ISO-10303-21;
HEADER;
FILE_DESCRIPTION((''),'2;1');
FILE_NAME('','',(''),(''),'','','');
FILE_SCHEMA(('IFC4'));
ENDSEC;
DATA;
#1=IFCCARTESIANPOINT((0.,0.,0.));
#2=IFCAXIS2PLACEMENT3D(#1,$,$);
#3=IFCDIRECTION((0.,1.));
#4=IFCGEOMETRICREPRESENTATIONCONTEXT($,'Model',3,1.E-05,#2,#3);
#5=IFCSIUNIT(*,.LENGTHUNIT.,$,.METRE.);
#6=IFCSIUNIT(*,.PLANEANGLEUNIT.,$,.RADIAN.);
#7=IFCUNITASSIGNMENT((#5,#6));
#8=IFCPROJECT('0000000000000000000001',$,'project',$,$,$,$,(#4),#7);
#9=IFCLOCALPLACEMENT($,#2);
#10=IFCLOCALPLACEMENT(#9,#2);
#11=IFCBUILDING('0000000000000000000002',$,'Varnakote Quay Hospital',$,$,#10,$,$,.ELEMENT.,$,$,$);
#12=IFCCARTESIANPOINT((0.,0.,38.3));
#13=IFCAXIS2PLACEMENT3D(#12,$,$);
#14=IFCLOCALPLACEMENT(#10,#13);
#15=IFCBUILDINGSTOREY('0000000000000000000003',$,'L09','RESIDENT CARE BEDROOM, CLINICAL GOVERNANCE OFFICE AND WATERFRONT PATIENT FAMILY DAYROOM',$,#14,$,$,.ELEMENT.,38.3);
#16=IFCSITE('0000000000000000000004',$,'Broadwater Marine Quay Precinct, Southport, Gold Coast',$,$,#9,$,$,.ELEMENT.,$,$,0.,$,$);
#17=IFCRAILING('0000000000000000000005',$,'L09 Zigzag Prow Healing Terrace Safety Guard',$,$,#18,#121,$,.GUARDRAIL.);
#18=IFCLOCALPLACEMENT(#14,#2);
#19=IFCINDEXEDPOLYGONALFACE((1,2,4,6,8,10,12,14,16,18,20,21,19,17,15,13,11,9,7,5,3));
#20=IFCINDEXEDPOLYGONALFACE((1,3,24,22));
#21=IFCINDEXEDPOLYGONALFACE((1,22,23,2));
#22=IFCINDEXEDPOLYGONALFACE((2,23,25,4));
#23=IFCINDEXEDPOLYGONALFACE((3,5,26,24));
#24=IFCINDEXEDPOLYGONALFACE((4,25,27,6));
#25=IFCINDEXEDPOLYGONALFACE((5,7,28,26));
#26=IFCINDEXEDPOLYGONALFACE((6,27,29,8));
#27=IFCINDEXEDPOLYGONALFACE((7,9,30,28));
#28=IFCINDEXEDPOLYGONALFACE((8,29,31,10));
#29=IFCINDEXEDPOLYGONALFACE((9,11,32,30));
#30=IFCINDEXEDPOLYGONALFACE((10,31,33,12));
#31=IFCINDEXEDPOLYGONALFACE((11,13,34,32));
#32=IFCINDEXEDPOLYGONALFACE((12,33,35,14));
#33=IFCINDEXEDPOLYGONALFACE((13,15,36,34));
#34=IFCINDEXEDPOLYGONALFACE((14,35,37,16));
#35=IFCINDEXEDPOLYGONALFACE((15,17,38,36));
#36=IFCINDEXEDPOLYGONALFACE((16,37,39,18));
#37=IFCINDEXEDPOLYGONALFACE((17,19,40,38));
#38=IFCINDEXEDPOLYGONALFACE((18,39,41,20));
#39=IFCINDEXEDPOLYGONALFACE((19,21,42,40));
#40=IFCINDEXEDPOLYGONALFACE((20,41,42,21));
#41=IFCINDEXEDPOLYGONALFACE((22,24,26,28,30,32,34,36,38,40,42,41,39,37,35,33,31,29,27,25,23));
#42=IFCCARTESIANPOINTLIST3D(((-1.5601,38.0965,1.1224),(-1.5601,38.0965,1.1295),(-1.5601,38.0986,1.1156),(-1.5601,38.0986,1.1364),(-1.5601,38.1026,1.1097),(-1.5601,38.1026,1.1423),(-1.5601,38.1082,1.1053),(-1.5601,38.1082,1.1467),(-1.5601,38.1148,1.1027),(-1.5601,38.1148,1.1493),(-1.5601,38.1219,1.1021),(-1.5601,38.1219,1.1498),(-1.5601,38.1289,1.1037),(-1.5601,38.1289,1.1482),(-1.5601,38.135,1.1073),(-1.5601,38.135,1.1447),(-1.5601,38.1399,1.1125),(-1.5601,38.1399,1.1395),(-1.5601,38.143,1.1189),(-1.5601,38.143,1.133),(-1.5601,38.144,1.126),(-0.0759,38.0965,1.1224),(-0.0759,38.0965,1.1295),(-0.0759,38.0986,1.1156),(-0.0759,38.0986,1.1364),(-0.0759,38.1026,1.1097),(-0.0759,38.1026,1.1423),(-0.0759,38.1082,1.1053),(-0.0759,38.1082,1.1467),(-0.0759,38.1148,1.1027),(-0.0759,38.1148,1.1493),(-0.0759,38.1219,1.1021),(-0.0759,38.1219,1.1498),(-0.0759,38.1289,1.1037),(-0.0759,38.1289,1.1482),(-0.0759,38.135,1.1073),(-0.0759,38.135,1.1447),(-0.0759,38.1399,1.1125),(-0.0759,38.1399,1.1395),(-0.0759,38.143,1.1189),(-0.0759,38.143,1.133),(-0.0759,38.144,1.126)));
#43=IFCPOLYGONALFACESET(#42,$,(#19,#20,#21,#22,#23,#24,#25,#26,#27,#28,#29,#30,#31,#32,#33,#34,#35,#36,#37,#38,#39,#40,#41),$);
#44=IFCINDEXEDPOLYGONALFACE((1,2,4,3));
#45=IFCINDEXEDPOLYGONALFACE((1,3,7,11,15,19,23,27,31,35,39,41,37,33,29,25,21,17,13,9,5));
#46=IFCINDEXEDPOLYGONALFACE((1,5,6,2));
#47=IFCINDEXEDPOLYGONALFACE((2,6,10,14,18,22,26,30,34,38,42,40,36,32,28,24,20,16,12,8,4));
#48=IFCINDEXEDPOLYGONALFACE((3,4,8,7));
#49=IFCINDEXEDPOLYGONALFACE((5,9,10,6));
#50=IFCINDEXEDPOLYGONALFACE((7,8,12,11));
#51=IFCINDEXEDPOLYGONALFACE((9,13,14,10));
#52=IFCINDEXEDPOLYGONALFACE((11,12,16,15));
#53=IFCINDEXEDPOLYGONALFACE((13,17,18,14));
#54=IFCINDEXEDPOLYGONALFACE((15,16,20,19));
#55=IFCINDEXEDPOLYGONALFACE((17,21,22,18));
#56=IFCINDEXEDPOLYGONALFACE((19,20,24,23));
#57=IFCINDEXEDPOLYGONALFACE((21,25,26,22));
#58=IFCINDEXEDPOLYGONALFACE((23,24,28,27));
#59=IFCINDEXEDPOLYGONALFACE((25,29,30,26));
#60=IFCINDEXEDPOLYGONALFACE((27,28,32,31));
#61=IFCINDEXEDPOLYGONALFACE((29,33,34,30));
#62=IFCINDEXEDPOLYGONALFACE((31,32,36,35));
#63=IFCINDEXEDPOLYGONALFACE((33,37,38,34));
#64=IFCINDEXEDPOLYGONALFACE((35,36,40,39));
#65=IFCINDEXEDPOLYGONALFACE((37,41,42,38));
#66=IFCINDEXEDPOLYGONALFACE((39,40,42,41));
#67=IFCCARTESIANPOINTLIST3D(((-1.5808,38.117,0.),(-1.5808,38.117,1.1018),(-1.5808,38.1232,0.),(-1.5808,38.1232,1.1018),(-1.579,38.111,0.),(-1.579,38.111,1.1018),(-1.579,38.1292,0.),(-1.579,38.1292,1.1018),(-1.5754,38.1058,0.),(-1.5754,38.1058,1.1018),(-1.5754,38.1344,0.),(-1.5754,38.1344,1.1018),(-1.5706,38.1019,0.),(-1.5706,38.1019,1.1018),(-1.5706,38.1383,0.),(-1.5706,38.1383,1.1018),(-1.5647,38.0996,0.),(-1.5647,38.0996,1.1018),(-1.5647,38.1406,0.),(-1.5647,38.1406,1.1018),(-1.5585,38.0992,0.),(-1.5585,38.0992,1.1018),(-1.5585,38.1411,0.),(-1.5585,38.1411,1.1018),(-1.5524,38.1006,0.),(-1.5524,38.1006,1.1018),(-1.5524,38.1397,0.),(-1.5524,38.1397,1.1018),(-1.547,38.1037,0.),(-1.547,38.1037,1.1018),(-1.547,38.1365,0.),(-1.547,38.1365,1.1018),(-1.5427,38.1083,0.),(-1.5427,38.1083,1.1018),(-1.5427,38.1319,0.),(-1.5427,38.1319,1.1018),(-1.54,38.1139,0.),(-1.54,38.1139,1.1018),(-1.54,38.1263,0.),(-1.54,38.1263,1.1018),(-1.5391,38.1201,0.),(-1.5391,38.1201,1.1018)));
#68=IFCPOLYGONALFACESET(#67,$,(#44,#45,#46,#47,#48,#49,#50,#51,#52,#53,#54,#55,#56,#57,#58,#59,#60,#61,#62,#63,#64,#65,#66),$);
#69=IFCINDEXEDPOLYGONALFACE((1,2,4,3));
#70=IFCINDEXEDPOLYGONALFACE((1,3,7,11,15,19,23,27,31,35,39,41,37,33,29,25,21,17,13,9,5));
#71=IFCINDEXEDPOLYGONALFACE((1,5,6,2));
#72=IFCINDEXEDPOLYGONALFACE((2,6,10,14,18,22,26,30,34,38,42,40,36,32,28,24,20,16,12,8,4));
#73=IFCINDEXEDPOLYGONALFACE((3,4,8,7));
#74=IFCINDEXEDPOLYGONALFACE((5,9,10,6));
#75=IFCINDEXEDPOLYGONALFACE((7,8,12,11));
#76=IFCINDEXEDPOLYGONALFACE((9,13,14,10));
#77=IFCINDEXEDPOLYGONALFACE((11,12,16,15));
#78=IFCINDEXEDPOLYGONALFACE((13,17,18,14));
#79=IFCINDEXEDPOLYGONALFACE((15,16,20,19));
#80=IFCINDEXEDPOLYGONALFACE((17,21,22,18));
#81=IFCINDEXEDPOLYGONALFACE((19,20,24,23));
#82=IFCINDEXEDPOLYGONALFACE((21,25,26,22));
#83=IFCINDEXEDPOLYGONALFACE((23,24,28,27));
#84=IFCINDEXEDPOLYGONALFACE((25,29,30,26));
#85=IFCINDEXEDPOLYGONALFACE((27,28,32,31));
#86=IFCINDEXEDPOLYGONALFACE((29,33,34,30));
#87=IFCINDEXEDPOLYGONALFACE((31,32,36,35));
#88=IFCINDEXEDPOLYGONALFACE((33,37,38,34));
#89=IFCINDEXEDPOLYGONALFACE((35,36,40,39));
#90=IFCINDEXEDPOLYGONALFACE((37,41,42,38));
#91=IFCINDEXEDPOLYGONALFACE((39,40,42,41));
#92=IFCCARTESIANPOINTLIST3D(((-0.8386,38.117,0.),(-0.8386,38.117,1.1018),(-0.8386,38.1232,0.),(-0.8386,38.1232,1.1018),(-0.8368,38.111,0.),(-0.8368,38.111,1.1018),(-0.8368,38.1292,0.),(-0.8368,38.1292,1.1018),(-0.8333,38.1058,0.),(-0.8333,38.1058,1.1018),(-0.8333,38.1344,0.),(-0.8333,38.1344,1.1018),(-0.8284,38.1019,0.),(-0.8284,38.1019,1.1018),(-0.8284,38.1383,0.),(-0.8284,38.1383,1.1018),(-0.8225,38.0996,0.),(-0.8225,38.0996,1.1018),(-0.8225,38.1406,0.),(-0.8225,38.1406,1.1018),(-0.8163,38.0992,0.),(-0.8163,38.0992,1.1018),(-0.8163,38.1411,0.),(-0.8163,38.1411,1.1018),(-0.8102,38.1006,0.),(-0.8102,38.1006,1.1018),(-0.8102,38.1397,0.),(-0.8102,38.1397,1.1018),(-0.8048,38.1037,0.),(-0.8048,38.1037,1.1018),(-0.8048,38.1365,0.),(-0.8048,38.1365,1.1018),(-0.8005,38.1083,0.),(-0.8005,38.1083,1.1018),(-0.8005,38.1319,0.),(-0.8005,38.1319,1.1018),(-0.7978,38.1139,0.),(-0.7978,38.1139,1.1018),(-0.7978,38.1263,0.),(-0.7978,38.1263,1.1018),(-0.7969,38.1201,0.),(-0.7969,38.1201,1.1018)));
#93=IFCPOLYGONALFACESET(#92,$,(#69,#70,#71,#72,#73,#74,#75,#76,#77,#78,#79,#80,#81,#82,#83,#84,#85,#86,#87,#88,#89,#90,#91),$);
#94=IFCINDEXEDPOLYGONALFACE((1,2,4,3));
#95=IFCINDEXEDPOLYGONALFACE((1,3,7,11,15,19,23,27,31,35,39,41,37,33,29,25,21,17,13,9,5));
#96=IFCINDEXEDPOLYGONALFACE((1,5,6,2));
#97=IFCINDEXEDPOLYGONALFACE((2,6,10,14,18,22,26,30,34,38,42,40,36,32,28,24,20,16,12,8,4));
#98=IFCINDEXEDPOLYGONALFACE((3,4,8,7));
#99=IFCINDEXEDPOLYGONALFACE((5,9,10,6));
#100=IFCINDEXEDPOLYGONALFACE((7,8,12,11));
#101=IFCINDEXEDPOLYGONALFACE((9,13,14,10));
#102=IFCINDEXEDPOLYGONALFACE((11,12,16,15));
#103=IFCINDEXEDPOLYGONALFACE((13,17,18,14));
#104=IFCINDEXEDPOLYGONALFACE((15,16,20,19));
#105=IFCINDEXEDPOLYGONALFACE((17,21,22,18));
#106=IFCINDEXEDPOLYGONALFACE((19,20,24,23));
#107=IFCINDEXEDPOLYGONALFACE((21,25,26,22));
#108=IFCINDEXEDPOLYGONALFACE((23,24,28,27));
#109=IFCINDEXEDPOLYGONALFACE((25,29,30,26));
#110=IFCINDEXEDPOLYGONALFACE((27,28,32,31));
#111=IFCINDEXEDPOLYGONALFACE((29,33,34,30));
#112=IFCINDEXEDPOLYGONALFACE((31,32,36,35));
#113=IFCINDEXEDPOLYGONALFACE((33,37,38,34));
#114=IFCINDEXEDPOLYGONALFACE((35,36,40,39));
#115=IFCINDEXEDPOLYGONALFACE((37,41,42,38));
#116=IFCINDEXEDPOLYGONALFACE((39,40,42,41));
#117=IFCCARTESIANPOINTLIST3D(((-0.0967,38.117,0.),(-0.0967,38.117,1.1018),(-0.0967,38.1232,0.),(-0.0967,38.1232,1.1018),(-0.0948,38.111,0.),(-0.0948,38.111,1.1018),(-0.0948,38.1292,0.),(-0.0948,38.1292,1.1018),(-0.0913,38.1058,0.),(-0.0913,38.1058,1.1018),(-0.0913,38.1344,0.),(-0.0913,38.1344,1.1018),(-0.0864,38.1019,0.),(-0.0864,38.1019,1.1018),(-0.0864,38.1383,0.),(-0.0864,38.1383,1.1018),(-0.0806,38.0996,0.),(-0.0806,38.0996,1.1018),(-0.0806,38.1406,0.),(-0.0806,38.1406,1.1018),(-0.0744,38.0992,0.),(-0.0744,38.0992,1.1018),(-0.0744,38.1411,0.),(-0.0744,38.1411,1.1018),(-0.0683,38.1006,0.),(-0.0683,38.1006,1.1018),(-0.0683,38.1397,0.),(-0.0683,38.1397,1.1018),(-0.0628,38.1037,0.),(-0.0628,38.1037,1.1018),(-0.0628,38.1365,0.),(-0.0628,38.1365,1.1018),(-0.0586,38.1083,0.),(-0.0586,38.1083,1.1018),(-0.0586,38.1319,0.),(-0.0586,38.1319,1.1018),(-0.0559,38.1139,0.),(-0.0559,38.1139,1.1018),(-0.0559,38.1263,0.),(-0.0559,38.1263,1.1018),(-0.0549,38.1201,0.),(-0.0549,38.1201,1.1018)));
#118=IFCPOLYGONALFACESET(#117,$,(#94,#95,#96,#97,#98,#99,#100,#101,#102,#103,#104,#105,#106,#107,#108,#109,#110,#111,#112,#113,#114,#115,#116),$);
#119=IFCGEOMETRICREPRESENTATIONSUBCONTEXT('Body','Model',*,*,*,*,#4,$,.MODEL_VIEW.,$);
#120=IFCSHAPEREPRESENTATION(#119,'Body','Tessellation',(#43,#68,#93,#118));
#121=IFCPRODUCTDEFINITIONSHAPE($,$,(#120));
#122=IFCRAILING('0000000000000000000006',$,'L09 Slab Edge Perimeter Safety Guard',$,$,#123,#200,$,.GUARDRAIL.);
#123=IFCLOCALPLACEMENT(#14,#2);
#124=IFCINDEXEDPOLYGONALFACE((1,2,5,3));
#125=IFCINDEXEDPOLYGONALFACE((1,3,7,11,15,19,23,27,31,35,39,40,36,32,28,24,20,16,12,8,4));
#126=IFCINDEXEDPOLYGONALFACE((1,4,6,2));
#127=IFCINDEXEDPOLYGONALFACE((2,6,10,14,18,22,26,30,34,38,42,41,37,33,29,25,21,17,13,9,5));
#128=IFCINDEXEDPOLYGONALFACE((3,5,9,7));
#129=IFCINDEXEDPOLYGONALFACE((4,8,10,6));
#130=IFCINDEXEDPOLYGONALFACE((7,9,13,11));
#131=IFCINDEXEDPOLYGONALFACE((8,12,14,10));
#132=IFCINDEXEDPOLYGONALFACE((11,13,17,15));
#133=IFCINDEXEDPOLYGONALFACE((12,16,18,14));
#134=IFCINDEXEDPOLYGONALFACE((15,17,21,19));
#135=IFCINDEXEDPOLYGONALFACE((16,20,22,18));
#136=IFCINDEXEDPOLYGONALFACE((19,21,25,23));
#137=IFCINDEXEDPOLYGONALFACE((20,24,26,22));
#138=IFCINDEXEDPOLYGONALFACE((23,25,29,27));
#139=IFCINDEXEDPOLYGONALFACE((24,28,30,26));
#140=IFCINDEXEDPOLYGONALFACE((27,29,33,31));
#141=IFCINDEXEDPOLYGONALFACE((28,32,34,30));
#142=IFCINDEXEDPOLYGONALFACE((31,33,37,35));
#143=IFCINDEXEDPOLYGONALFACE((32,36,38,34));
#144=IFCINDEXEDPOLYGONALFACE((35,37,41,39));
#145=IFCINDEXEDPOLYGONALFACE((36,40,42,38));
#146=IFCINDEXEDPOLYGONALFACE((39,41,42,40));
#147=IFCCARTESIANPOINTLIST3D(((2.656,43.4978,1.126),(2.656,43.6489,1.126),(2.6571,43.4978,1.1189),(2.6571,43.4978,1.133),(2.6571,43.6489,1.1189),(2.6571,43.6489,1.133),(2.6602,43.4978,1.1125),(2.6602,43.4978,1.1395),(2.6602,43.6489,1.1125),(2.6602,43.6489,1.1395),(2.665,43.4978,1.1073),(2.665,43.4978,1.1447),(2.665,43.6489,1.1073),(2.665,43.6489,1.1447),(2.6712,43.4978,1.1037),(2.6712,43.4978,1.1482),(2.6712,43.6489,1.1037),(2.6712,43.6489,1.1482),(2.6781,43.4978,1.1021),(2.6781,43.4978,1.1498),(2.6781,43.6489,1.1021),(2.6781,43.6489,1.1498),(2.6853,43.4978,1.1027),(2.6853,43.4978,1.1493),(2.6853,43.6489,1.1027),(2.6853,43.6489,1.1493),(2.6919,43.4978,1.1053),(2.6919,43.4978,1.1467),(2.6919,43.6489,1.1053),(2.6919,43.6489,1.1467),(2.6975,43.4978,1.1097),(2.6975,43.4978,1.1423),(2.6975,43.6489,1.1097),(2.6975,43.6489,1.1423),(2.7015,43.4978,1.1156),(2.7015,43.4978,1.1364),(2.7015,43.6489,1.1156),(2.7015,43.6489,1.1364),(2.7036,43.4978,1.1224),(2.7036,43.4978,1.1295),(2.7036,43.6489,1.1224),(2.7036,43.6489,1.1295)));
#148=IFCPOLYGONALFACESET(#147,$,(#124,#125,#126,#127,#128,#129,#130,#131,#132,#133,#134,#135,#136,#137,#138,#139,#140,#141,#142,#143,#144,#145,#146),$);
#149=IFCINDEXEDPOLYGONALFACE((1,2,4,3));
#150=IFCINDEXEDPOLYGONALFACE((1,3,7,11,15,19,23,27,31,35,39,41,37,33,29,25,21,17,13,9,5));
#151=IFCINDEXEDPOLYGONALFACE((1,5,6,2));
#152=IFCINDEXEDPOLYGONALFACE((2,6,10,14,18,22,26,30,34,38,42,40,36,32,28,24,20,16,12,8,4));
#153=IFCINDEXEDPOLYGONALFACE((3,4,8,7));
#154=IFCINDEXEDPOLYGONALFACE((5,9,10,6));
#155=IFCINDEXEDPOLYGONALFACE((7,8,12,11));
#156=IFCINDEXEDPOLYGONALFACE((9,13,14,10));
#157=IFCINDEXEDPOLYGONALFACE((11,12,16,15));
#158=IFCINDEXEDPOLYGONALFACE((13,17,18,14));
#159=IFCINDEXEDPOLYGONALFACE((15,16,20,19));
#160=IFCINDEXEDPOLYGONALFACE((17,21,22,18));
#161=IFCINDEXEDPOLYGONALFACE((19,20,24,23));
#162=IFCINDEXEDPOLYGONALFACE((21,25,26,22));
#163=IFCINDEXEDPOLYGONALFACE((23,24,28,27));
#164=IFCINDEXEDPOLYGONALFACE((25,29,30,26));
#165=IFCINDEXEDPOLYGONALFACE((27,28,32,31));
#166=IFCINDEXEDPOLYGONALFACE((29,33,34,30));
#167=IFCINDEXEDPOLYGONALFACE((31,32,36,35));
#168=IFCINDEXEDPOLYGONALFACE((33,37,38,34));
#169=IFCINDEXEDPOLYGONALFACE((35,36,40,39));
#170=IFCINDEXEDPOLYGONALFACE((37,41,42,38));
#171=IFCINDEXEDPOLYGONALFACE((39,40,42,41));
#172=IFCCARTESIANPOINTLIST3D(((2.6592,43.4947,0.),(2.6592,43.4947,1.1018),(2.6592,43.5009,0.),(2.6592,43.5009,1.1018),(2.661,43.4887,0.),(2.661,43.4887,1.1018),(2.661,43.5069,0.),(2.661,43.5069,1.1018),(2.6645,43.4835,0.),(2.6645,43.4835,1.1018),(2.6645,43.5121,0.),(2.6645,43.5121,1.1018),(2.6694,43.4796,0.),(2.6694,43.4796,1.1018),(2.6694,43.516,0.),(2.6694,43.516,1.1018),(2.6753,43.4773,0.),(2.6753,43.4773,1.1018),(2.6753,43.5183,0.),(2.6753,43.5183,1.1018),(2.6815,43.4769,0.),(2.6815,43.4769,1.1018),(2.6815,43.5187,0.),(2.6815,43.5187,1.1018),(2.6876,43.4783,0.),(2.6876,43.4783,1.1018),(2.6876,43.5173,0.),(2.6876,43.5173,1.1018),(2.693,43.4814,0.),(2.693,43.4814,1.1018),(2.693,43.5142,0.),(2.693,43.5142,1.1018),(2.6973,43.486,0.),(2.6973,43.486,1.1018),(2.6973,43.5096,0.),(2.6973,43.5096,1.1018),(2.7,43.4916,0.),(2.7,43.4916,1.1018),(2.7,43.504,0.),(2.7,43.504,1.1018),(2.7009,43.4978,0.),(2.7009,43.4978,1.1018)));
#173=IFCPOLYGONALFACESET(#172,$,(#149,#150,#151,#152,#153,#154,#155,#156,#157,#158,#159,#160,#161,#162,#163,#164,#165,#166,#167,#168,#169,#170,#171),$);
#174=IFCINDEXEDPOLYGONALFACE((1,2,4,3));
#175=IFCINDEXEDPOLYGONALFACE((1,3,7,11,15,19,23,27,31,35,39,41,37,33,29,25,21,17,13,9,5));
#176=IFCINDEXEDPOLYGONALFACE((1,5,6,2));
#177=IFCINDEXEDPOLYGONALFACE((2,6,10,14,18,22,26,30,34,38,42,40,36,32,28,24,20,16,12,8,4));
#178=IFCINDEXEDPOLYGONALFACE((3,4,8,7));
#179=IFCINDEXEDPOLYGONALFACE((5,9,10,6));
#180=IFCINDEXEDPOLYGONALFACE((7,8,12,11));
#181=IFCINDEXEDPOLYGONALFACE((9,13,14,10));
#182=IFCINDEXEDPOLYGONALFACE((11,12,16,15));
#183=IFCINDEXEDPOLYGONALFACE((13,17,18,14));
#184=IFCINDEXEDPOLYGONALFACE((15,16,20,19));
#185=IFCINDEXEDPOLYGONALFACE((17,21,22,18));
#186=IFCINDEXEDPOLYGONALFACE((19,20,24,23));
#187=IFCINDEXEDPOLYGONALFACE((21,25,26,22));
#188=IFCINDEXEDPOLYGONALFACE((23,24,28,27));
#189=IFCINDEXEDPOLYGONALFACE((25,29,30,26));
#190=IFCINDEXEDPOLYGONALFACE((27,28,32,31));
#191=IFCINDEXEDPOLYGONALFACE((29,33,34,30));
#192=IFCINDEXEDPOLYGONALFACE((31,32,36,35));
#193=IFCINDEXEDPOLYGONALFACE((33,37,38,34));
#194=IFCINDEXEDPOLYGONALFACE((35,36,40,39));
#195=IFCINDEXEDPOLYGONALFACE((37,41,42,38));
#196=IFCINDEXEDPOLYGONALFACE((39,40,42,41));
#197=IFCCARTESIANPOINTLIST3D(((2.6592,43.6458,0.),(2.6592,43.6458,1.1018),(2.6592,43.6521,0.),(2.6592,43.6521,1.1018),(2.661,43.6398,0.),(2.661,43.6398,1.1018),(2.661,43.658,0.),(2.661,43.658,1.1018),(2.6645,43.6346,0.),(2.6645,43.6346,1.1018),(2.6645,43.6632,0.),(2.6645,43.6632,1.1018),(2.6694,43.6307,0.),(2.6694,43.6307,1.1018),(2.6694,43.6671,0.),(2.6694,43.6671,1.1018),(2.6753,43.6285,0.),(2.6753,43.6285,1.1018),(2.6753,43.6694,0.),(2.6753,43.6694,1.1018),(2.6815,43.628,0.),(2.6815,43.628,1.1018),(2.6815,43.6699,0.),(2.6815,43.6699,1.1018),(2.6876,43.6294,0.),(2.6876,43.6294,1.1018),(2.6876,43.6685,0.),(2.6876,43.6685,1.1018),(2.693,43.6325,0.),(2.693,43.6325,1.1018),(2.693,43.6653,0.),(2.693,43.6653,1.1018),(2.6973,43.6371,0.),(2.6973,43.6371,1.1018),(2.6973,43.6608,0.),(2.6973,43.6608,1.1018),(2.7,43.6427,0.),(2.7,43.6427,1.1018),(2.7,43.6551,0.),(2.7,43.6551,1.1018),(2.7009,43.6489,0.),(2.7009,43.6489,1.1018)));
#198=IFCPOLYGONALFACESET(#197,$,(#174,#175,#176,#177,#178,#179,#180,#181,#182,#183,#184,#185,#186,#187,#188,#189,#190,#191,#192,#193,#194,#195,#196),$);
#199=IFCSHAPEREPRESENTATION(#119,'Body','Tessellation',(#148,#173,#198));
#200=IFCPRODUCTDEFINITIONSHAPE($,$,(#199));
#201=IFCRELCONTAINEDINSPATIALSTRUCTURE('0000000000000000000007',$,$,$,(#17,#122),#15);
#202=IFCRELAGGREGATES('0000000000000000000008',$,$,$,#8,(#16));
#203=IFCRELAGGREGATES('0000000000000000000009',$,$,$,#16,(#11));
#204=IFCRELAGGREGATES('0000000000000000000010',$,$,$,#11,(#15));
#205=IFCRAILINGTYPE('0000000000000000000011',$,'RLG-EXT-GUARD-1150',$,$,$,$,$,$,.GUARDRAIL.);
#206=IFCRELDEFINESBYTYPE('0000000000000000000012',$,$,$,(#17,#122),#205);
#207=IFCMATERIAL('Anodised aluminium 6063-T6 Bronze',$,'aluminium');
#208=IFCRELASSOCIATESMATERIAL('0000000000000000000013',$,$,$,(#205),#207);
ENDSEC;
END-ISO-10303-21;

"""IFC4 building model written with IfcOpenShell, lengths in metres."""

from ifc_helpers import new_model, si_unit, direction, frame, origin, origin_2d, place, context, subcontext, project, spatial, circle, extrude, material, type_object, element, save


model = new_model("IFC4")

# Units and contexts
model_context = context("Model", 3, precision=1e-05, world=origin(), true_north=direction((0.0, 1.0)))
body_context = subcontext(model_context, "Body", "Model", "MODEL_VIEW")
ifc_project = project(units=[si_unit("LENGTHUNIT", "METRE"), si_unit("PLANEANGLEUNIT", "RADIAN")], contexts=[model_context])

# Site, building, storey
site_placement = place(None, origin())
site = spatial("IfcSite", under=ifc_project, at=site_placement, Name="Broadwater Marine Quay Precinct, Southport, Gold Coast", CompositionType="ELEMENT", RefElevation=0.0)
building_placement = place(site_placement, origin())
building = spatial("IfcBuilding", under=site, at=building_placement, Name="Varnakote Quay Hospital", CompositionType="ELEMENT")
storey_placement = place(building_placement, frame((0.0, 0.0, 38.3)))
storey = spatial("IfcBuildingStorey", under=building, at=storey_placement, Name="L09", Description="RESIDENT CARE BEDROOM, CLINICAL GOVERNANCE OFFICE AND WATERFRONT PATIENT FAMILY DAYROOM", CompositionType="ELEMENT", Elevation=38.3)

# Railings
ifc_material_1 = material(Name="Anodised aluminium 6063-T6 Bronze", Category="aluminium")
railing_type = type_object("IfcRailingType", Name="RLG-EXT-GUARD-1150", PredefinedType="GUARDRAIL", material=ifc_material_1)
railing_1_placement = place(storey_placement, frame((-1.5601, 38.1201, 0.0)))
element("IfcRailing", 1, at=railing_1_placement, inside=storey, type_object=railing_type, Name="L09 Zigzag Prow Healing Terrace Safety Guard", PredefinedType="GUARDRAIL", context=body_context, shape_type="SweptSolid", body=[
    extrude(circle(Radius=0.0239, at=origin_2d()), frame((0.0, 0.0, 1.126), z_axis=(1.0, 0.0, 0.0), x_axis=(0.0, 1.0, 0.0)), (0.0, 0.0, 1.0), 1.4841),
    extrude(circle(Radius=0.021, at=origin_2d()), origin(), (0.0, 0.0, 1.0), 1.1018),
    extrude(circle(Radius=0.021, at=origin_2d()), frame((0.7422, 0.0, 0.0)), (0.0, 0.0, 1.0), 1.1018),
    extrude(circle(Radius=0.021, at=origin_2d()), frame((1.4841, 0.0, 0.0)), (0.0, 0.0, 1.0), 1.1018),
])
railing_2_placement = place(storey_placement, frame((2.6799, 43.4978, 0.0)))
element("IfcRailing", 2, at=railing_2_placement, inside=storey, type_object=railing_type, Name="L09 Slab Edge Perimeter Safety Guard", PredefinedType="GUARDRAIL", context=body_context, shape_type="SweptSolid", body=[
    extrude(circle(Radius=0.0239, at=origin_2d()), frame((0.0, 0.0, 1.126), z_axis=(0.0, 1.0, 0.0), x_axis=(-1.0, 0.0, 0.0)), (0.0, 0.0, 1.0), 0.1511),
    extrude(circle(Radius=0.021, at=origin_2d()), origin(), (0.0, 0.0, 1.0), 1.1018),
    extrude(circle(Radius=0.021, at=origin_2d()), frame((0.0, 0.1511, 0.0)), (0.0, 0.0, 1.0), 1.1018),
])

save(model, "model.ifc")
